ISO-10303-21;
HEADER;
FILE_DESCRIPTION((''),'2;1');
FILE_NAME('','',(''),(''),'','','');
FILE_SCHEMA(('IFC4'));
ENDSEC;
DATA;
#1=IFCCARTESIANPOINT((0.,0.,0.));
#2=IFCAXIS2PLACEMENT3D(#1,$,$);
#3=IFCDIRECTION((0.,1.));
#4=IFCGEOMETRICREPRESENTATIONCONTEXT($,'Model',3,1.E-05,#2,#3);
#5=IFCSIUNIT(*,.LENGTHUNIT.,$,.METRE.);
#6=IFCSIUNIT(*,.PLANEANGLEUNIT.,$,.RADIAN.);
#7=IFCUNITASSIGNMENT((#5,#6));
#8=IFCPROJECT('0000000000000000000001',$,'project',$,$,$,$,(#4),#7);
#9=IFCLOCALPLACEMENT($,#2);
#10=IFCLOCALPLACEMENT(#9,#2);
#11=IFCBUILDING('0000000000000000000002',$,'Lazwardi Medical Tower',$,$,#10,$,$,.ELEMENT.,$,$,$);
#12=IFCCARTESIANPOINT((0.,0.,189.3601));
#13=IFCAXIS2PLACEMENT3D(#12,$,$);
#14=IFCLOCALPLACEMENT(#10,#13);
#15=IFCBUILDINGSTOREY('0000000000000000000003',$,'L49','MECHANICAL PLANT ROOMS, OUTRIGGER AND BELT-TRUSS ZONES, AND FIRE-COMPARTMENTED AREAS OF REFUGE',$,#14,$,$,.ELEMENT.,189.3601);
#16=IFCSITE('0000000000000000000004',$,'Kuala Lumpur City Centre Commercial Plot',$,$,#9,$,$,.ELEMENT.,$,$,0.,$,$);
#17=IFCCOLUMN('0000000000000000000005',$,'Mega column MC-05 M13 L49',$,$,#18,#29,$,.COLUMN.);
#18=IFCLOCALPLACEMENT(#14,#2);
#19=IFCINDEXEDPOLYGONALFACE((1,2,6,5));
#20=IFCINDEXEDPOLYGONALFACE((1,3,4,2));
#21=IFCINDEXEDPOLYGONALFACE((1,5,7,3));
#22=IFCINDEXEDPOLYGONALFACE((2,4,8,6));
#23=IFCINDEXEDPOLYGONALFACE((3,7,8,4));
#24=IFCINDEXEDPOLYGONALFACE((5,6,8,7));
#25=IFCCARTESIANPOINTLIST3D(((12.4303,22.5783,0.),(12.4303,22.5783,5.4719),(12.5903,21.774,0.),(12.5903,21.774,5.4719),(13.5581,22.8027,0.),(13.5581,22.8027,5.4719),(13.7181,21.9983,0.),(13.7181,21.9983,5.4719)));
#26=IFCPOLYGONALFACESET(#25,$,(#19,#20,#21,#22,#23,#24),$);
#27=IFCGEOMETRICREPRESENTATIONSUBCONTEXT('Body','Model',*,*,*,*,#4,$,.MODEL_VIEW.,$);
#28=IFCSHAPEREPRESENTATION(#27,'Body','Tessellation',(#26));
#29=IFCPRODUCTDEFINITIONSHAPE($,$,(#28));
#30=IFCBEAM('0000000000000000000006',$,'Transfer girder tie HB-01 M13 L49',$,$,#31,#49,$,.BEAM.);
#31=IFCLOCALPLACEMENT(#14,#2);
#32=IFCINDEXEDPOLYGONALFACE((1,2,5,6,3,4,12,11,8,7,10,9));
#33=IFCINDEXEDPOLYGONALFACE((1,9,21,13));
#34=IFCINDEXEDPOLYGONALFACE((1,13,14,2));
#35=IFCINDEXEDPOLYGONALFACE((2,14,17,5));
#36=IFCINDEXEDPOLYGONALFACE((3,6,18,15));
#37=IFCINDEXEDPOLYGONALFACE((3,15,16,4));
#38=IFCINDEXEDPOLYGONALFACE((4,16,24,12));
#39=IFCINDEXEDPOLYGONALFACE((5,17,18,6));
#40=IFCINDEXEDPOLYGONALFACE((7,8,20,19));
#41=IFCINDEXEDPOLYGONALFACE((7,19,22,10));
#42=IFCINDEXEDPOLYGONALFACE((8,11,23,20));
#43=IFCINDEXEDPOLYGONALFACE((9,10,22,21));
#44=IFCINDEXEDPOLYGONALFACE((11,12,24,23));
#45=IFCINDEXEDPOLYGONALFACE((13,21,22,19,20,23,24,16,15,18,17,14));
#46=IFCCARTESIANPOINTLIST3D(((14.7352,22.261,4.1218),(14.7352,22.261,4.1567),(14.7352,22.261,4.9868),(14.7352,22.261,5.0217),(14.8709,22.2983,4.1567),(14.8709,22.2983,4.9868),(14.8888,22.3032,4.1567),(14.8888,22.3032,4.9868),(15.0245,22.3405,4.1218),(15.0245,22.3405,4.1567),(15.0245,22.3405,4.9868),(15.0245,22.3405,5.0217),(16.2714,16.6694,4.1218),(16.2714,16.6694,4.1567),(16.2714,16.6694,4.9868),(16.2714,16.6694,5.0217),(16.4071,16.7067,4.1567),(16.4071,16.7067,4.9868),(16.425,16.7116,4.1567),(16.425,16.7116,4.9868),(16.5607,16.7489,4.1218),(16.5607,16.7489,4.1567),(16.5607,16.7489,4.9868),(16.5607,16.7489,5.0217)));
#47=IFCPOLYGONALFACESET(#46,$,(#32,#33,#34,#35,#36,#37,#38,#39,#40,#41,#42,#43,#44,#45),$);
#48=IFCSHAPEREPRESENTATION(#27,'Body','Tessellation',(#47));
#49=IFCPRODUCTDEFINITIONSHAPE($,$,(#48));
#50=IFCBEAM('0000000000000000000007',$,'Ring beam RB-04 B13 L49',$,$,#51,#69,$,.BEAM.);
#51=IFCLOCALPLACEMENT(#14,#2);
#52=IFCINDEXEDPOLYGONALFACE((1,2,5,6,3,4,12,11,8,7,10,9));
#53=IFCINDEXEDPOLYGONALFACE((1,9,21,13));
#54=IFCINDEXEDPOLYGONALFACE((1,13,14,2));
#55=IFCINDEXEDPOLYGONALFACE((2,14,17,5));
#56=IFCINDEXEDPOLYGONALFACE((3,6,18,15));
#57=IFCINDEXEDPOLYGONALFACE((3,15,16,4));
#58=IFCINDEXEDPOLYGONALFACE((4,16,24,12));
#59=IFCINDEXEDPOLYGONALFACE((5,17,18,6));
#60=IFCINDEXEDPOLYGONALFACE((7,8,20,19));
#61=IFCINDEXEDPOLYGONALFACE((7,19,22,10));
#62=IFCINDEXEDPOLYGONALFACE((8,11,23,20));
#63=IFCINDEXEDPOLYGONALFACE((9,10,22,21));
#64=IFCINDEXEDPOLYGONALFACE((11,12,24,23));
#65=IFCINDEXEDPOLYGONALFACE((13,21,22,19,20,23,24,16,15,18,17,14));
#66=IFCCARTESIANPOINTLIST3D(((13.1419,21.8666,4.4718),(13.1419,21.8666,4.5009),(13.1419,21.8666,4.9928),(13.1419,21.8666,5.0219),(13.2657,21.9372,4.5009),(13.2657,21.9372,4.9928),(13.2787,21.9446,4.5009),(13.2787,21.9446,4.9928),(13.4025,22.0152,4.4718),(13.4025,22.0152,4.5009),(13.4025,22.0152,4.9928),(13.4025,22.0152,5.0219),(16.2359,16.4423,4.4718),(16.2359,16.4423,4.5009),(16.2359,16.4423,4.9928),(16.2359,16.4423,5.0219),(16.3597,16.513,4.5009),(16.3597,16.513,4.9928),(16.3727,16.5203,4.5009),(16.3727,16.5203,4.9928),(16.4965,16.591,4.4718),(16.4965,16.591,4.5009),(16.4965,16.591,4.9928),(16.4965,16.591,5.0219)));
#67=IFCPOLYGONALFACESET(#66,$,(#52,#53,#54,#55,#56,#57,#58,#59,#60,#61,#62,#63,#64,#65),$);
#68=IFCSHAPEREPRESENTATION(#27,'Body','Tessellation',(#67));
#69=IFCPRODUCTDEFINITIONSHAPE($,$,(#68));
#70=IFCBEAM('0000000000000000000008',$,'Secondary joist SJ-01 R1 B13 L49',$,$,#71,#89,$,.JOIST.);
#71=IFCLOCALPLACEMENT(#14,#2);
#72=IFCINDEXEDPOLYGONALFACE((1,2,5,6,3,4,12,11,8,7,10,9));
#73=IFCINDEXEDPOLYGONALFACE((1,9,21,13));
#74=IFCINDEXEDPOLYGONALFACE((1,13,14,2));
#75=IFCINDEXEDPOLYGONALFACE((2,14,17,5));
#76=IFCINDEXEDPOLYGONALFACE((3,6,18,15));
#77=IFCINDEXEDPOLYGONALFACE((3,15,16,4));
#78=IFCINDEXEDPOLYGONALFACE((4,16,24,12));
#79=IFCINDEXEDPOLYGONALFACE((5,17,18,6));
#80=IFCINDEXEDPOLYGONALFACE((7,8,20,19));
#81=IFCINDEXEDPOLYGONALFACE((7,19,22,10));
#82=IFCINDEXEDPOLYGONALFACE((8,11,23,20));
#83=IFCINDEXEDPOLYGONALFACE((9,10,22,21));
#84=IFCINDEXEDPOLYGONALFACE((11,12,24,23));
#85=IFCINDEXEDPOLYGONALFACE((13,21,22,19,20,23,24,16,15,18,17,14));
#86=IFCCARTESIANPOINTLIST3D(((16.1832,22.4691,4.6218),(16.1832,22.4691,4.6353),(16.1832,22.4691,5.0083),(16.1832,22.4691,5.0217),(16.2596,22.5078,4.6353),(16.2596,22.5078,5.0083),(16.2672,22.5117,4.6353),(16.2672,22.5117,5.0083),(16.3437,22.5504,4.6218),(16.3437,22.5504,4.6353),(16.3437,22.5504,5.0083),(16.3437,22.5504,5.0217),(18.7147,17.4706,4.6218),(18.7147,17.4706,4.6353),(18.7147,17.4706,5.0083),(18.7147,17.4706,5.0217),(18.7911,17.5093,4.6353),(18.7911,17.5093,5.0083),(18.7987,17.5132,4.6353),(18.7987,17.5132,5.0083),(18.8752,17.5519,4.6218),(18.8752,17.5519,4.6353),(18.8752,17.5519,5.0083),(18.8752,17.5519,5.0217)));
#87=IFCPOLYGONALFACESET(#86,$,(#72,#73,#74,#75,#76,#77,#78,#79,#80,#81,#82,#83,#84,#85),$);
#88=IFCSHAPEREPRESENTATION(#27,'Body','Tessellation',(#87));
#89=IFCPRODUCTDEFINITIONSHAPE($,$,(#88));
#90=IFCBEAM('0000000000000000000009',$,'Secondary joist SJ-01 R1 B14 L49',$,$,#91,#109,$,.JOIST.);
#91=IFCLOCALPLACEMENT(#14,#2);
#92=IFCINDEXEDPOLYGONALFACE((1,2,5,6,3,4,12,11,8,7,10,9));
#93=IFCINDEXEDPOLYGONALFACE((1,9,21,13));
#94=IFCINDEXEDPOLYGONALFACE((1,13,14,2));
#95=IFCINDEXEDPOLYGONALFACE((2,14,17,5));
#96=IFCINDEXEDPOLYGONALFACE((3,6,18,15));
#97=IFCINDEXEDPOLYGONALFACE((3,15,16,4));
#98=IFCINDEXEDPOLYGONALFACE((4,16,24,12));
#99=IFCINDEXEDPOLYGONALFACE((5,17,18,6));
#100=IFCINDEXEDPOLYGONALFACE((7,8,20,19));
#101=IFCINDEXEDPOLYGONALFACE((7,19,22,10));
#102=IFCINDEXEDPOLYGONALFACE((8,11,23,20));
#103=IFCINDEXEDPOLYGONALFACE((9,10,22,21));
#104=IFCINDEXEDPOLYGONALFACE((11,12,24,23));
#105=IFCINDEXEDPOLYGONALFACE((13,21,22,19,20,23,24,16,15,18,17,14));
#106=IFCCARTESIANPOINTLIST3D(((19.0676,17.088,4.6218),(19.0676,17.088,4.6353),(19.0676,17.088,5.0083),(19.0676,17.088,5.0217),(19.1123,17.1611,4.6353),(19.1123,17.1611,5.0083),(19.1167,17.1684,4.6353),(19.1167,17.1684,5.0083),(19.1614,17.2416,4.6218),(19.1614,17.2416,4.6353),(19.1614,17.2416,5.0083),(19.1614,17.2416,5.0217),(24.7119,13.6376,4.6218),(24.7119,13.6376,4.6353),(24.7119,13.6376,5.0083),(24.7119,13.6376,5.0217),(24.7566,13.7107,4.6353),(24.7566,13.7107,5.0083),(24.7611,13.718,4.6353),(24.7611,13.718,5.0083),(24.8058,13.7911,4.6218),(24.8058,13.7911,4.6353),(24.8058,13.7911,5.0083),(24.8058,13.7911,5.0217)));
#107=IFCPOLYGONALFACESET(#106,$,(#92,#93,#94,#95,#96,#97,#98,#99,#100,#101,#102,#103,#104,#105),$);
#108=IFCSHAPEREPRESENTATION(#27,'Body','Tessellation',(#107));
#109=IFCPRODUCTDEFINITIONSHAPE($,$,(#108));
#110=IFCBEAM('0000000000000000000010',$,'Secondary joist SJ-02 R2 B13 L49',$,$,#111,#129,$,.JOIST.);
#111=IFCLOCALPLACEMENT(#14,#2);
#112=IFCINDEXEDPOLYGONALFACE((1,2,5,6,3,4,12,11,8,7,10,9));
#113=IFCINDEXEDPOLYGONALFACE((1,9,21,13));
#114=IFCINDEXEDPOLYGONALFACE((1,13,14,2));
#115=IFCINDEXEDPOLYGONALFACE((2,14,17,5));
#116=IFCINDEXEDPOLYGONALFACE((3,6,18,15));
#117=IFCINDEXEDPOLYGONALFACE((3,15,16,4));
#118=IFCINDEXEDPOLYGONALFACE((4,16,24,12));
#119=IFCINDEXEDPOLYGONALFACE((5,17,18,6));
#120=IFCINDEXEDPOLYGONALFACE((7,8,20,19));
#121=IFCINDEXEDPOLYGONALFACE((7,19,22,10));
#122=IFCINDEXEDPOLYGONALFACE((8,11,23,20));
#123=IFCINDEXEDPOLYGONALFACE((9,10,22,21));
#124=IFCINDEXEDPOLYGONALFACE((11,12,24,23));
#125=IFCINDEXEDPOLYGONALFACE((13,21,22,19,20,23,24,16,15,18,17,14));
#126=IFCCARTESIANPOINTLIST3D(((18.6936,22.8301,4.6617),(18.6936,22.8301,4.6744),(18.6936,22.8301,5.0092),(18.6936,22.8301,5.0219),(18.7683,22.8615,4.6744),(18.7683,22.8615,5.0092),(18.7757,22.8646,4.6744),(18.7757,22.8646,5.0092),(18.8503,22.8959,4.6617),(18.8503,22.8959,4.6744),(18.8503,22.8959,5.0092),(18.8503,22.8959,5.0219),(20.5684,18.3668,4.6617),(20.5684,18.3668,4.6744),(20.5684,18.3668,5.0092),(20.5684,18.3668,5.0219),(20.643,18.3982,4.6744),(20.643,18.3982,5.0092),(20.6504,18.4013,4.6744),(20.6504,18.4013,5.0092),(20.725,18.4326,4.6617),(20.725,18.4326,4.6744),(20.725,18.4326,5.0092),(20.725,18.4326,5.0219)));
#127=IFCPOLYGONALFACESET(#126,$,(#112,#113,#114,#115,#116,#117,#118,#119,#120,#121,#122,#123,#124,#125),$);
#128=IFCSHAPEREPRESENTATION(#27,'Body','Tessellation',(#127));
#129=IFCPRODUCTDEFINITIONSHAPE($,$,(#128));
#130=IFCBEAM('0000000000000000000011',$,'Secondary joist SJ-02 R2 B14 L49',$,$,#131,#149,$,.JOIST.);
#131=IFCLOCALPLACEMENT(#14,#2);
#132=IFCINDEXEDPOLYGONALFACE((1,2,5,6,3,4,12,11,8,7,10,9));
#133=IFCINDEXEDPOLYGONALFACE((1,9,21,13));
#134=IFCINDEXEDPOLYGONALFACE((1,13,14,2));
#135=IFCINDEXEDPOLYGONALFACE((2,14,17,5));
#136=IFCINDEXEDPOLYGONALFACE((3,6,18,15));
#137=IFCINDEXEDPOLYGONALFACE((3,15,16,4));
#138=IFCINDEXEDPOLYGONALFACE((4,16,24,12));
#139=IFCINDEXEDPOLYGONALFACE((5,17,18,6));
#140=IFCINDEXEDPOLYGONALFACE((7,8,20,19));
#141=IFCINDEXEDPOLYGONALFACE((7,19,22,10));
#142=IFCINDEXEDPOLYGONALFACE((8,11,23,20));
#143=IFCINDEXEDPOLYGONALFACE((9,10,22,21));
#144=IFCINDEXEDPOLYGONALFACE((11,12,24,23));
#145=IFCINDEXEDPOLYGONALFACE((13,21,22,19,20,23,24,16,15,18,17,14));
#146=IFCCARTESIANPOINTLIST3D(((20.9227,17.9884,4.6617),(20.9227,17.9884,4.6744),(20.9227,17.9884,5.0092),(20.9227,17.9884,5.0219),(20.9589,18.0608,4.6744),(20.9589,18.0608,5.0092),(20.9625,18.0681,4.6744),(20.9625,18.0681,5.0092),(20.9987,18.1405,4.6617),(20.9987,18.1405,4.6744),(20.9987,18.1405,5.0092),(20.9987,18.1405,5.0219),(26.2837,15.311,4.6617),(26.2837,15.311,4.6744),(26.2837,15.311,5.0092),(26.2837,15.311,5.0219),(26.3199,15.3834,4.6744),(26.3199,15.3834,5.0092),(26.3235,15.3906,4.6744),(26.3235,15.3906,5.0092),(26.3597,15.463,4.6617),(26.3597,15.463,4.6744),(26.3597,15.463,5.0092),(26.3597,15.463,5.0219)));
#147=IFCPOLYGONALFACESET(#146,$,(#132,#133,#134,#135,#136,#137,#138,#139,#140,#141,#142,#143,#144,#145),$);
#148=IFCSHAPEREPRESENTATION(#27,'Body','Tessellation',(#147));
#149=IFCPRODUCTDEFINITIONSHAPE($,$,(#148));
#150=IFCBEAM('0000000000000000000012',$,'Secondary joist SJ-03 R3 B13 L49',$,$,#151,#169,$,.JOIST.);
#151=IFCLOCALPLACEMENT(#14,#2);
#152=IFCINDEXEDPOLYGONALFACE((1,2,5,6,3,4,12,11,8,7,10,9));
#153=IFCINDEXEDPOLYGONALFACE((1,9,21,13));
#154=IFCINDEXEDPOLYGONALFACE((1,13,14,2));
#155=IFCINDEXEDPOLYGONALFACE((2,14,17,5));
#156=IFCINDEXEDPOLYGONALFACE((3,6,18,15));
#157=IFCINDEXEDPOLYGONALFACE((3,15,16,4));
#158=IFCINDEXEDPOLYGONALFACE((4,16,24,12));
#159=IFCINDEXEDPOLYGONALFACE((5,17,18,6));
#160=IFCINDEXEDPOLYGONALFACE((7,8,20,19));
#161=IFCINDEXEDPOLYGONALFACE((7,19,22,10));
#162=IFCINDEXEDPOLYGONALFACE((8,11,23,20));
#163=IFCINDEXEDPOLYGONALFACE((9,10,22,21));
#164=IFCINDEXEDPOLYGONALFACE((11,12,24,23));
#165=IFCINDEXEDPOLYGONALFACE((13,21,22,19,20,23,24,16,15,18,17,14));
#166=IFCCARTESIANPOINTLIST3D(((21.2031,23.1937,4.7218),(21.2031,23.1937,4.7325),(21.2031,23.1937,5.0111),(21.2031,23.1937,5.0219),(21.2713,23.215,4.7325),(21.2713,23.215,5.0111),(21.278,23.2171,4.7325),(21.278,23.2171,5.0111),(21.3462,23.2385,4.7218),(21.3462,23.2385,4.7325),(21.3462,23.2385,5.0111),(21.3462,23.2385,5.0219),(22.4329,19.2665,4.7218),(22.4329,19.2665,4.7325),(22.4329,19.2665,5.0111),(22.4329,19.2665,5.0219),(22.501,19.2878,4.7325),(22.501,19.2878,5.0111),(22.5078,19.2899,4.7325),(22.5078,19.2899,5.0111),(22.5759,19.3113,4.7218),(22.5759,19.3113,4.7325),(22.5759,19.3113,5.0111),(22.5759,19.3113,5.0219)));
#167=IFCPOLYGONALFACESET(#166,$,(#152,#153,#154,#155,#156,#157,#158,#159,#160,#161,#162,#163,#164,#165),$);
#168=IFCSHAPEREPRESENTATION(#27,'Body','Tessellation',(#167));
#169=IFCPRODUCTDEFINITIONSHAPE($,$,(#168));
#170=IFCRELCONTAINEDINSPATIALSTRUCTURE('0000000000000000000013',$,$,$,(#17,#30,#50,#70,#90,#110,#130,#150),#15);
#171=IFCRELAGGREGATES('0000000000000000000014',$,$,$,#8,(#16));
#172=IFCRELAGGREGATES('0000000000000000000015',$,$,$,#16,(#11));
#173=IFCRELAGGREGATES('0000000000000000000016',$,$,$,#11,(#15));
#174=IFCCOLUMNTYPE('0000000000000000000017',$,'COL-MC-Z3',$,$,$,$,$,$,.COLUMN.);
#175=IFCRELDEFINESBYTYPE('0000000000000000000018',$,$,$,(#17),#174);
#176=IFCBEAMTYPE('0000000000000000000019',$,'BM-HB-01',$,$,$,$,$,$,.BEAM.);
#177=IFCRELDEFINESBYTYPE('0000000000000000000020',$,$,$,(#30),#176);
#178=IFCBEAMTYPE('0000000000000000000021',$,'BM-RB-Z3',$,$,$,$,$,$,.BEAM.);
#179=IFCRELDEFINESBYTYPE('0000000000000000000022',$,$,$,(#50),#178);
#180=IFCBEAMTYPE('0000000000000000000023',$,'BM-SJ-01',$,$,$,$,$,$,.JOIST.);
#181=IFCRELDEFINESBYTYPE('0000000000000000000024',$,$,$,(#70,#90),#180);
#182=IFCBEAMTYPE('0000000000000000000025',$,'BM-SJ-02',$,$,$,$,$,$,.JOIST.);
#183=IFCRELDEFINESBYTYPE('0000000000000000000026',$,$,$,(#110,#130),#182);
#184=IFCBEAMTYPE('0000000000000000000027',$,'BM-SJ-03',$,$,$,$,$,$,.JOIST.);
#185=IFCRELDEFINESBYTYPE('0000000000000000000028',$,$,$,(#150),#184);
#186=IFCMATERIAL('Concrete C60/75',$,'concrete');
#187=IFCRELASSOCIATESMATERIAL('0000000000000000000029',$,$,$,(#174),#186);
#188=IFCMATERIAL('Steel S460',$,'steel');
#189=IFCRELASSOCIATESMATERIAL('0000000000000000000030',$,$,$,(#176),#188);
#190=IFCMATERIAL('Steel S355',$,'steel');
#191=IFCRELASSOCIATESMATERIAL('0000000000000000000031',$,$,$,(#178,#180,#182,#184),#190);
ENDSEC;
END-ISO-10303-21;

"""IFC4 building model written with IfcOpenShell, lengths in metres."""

from ifc_helpers import new_model, si_unit, direction, frame, origin, origin_2d, place, context, subcontext, project, spatial, rectangle, i_section, extrude, material, material_profile, profile_set, type_object, element, save


model = new_model("IFC4")

# Units and contexts
model_context = context("Model", 3, precision=1e-05, world=origin(), true_north=direction((0.0, 1.0)))
body_context = subcontext(model_context, "Body", "Model", "MODEL_VIEW")
ifc_project = project(units=[si_unit("LENGTHUNIT", "METRE"), si_unit("PLANEANGLEUNIT", "RADIAN")], contexts=[model_context])

# Site, building, storey
site_placement = place(None, origin())
site = spatial("IfcSite", under=ifc_project, at=site_placement, Name="Kuala Lumpur City Centre Commercial Plot", CompositionType="ELEMENT", RefElevation=0.0)
building_placement = place(site_placement, origin())
building = spatial("IfcBuilding", under=site, at=building_placement, Name="Lazwardi Medical Tower", CompositionType="ELEMENT")
storey_placement = place(building_placement, frame((0.0, 0.0, 189.3601)))
storey = spatial("IfcBuildingStorey", under=building, at=storey_placement, Name="L49", Description="MECHANICAL PLANT ROOMS, OUTRIGGER AND BELT-TRUSS ZONES, AND FIRE-COMPARTMENTED AREAS OF REFUGE", CompositionType="ELEMENT", Elevation=189.3601)

# Column
ifc_material_1 = material(Name="Concrete C60/75", Category="concrete")
ifc_material_profile_1 = material_profile(ifc_material_1, rectangle(XDim=1.1499, YDim=0.8201, at=origin_2d()), Name="CFT-RECT 1150x820")
ifc_profile_set_1 = profile_set([ifc_material_profile_1], Name="Concrete C60/75")
column_type = type_object("IfcColumnType", Name="COL-MC-Z3", PredefinedType="COLUMN", material=ifc_profile_set_1)
column_placement = place(storey_placement, frame((13.0742, 22.2883, 0.0), z_axis=(0.0, 0.0, 1.0), x_axis=(-0.980785, -0.19509, 0.0)))
element("IfcColumn", 1, at=column_placement, inside=storey, type_object=column_type, Name="Mega column MC-05 M13 L49", PredefinedType="COLUMN", context=body_context, shape_type="SweptSolid", body=[
    extrude(rectangle(XDim=1.1499, YDim=0.8201, at=origin_2d()), origin(), (0.0, 0.0, 1.0), 5.4719),
])

# Beams
ifc_material_2 = material(Name="Steel S460", Category="steel")
ifc_material_profile_2 = material_profile(ifc_material_2, i_section(OverallWidth=0.3, OverallDepth=0.8999, WebThickness=0.0186, FlangeThickness=0.0349, at=origin_2d()), Name="HEB 900")
ifc_profile_set_2 = profile_set([ifc_material_profile_2], Name="Steel S460")
beam_type_1 = type_object("IfcBeamType", Name="BM-HB-01", PredefinedType="BEAM", material=ifc_profile_set_2)
beam_1_placement = place(storey_placement, frame((14.8799, 22.3008, 4.5718), z_axis=(0.264909, -0.964273, 0.0), x_axis=(0.964273, 0.264909, 0.0)))
element("IfcBeam", 2, at=beam_1_placement, inside=storey, type_object=beam_type_1, Name="Transfer girder tie HB-01 M13 L49", PredefinedType="BEAM", context=body_context, shape_type="SweptSolid", body=[
    extrude(i_section(OverallWidth=0.3, OverallDepth=0.8999, WebThickness=0.0186, FlangeThickness=0.0349, at=origin_2d()), origin(), (0.0, 0.0, 1.0), 5.7988),
])
ifc_material_3 = material(Name="Steel S355", Category="steel")
ifc_material_profile_3 = material_profile(ifc_material_3, i_section(OverallWidth=0.3, OverallDepth=0.55, WebThickness=0.0149, FlangeThickness=0.0291, at=origin_2d()), Name="HEB 550")
ifc_profile_set_3 = profile_set([ifc_material_profile_3], Name="Steel S355")
beam_type_2 = type_object("IfcBeamType", Name="BM-RB-Z3", PredefinedType="BEAM", material=ifc_profile_set_3)
beam_2_placement = place(storey_placement, frame((13.2722, 21.9409, 4.7468), z_axis=(0.495461, -0.86863, 0.0), x_axis=(0.86863, 0.495461, 0.0)))
element("IfcBeam", 3, at=beam_2_placement, inside=storey, type_object=beam_type_2, Name="Ring beam RB-04 B13 L49", PredefinedType="BEAM", context=body_context, shape_type="SweptSolid", body=[
    extrude(i_section(OverallWidth=0.3, OverallDepth=0.55, WebThickness=0.0149, FlangeThickness=0.0291, at=origin_2d()), origin(), (0.0, 0.0, 1.0), 6.2446),
])
ifc_material_profile_4 = material_profile(ifc_material_3, i_section(OverallWidth=0.1799, OverallDepth=0.3999, WebThickness=0.0085, FlangeThickness=0.0134, at=origin_2d()), Name="IPE 400")
ifc_profile_set_4 = profile_set([ifc_material_profile_4], Name="Steel S355")
beam_type_3 = type_object("IfcBeamType", Name="BM-SJ-01", PredefinedType="JOIST", material=ifc_profile_set_4)
beam_3_placement = place(storey_placement, frame((16.2634, 22.5098, 4.8218), z_axis=(0.451809, -0.892115, 0.0), x_axis=(0.892115, 0.451809, 0.0)))
element("IfcBeam", 4, at=beam_3_placement, inside=storey, type_object=beam_type_3, Name="Secondary joist SJ-01 R1 B13 L49", PredefinedType="JOIST", context=body_context, shape_type="SweptSolid", body=[
    extrude(i_section(OverallWidth=0.1799, OverallDepth=0.3999, WebThickness=0.0085, FlangeThickness=0.0134, at=origin_2d()), origin(), (0.0, 0.0, 1.0), 5.603),
])
beam_4_placement = place(storey_placement, frame((19.1145, 17.1648, 4.8218), z_axis=(0.853204, -0.521577, 0.0), x_axis=(0.521577, 0.853204, 0.0)))
element("IfcBeam", 5, at=beam_4_placement, inside=storey, type_object=beam_type_3, Name="Secondary joist SJ-01 R1 B14 L49", PredefinedType="JOIST", context=body_context, shape_type="SweptSolid", body=[
    extrude(i_section(OverallWidth=0.1799, OverallDepth=0.3999, WebThickness=0.0085, FlangeThickness=0.0134, at=origin_2d()), origin(), (0.0, 0.0, 1.0), 6.6155),
])
ifc_material_profile_5 = material_profile(ifc_material_3, i_section(OverallWidth=0.1699, OverallDepth=0.3601, WebThickness=0.0081, FlangeThickness=0.0127, at=origin_2d()), Name="IPE 360")
ifc_profile_set_5 = profile_set([ifc_material_profile_5], Name="Steel S355")
beam_type_4 = type_object("IfcBeamType", Name="BM-SJ-02", PredefinedType="JOIST", material=ifc_profile_set_5)
beam_5_placement = place(storey_placement, frame((18.772, 22.863, 4.8418), z_axis=(0.387256, -0.921972, 0.0), x_axis=(0.921972, 0.387256, 0.0)))
element("IfcBeam", 6, at=beam_5_placement, inside=storey, type_object=beam_type_4, Name="Secondary joist SJ-02 R2 B13 L49", PredefinedType="JOIST", context=body_context, shape_type="SweptSolid", body=[
    extrude(i_section(OverallWidth=0.1699, OverallDepth=0.3601, WebThickness=0.0081, FlangeThickness=0.0127, at=origin_2d()), origin(), (0.0, 0.0, 1.0), 4.8411),
])
beam_6_placement = place(storey_placement, frame((20.9607, 18.0645, 4.8418), z_axis=(0.894631, -0.446806, 0.0), x_axis=(0.446806, 0.894631, 0.0)))
element("IfcBeam", 7, at=beam_6_placement, inside=storey, type_object=beam_type_4, Name="Secondary joist SJ-02 R2 B14 L49", PredefinedType="JOIST", context=body_context, shape_type="SweptSolid", body=[
    extrude(i_section(OverallWidth=0.1699, OverallDepth=0.3601, WebThickness=0.0081, FlangeThickness=0.0127, at=origin_2d()), origin(), (0.0, 0.0, 1.0), 5.9924),
])
ifc_material_profile_6 = material_profile(ifc_material_3, i_section(OverallWidth=0.1499, OverallDepth=0.3, WebThickness=0.0071, FlangeThickness=0.0107, at=origin_2d()), Name="IPE 300")
ifc_profile_set_6 = profile_set([ifc_material_profile_6], Name="Steel S355")
beam_type_5 = type_object("IfcBeamType", Name="BM-SJ-03", PredefinedType="JOIST", material=ifc_profile_set_6)
beam_7_placement = place(storey_placement, frame((21.2747, 23.2161, 4.8718), z_axis=(0.298822, -0.954309, 0.0), x_axis=(0.954309, 0.298822, 0.0)))
element("IfcBeam", 8, at=beam_7_placement, inside=storey, type_object=beam_type_5, Name="Secondary joist SJ-03 R3 B13 L49", PredefinedType="JOIST", context=body_context, shape_type="SweptSolid", body=[
    extrude(i_section(OverallWidth=0.1499, OverallDepth=0.3, WebThickness=0.0071, FlangeThickness=0.0107, at=origin_2d()), origin(), (0.0, 0.0, 1.0), 4.1152),
])

save(model, "model.ifc")
